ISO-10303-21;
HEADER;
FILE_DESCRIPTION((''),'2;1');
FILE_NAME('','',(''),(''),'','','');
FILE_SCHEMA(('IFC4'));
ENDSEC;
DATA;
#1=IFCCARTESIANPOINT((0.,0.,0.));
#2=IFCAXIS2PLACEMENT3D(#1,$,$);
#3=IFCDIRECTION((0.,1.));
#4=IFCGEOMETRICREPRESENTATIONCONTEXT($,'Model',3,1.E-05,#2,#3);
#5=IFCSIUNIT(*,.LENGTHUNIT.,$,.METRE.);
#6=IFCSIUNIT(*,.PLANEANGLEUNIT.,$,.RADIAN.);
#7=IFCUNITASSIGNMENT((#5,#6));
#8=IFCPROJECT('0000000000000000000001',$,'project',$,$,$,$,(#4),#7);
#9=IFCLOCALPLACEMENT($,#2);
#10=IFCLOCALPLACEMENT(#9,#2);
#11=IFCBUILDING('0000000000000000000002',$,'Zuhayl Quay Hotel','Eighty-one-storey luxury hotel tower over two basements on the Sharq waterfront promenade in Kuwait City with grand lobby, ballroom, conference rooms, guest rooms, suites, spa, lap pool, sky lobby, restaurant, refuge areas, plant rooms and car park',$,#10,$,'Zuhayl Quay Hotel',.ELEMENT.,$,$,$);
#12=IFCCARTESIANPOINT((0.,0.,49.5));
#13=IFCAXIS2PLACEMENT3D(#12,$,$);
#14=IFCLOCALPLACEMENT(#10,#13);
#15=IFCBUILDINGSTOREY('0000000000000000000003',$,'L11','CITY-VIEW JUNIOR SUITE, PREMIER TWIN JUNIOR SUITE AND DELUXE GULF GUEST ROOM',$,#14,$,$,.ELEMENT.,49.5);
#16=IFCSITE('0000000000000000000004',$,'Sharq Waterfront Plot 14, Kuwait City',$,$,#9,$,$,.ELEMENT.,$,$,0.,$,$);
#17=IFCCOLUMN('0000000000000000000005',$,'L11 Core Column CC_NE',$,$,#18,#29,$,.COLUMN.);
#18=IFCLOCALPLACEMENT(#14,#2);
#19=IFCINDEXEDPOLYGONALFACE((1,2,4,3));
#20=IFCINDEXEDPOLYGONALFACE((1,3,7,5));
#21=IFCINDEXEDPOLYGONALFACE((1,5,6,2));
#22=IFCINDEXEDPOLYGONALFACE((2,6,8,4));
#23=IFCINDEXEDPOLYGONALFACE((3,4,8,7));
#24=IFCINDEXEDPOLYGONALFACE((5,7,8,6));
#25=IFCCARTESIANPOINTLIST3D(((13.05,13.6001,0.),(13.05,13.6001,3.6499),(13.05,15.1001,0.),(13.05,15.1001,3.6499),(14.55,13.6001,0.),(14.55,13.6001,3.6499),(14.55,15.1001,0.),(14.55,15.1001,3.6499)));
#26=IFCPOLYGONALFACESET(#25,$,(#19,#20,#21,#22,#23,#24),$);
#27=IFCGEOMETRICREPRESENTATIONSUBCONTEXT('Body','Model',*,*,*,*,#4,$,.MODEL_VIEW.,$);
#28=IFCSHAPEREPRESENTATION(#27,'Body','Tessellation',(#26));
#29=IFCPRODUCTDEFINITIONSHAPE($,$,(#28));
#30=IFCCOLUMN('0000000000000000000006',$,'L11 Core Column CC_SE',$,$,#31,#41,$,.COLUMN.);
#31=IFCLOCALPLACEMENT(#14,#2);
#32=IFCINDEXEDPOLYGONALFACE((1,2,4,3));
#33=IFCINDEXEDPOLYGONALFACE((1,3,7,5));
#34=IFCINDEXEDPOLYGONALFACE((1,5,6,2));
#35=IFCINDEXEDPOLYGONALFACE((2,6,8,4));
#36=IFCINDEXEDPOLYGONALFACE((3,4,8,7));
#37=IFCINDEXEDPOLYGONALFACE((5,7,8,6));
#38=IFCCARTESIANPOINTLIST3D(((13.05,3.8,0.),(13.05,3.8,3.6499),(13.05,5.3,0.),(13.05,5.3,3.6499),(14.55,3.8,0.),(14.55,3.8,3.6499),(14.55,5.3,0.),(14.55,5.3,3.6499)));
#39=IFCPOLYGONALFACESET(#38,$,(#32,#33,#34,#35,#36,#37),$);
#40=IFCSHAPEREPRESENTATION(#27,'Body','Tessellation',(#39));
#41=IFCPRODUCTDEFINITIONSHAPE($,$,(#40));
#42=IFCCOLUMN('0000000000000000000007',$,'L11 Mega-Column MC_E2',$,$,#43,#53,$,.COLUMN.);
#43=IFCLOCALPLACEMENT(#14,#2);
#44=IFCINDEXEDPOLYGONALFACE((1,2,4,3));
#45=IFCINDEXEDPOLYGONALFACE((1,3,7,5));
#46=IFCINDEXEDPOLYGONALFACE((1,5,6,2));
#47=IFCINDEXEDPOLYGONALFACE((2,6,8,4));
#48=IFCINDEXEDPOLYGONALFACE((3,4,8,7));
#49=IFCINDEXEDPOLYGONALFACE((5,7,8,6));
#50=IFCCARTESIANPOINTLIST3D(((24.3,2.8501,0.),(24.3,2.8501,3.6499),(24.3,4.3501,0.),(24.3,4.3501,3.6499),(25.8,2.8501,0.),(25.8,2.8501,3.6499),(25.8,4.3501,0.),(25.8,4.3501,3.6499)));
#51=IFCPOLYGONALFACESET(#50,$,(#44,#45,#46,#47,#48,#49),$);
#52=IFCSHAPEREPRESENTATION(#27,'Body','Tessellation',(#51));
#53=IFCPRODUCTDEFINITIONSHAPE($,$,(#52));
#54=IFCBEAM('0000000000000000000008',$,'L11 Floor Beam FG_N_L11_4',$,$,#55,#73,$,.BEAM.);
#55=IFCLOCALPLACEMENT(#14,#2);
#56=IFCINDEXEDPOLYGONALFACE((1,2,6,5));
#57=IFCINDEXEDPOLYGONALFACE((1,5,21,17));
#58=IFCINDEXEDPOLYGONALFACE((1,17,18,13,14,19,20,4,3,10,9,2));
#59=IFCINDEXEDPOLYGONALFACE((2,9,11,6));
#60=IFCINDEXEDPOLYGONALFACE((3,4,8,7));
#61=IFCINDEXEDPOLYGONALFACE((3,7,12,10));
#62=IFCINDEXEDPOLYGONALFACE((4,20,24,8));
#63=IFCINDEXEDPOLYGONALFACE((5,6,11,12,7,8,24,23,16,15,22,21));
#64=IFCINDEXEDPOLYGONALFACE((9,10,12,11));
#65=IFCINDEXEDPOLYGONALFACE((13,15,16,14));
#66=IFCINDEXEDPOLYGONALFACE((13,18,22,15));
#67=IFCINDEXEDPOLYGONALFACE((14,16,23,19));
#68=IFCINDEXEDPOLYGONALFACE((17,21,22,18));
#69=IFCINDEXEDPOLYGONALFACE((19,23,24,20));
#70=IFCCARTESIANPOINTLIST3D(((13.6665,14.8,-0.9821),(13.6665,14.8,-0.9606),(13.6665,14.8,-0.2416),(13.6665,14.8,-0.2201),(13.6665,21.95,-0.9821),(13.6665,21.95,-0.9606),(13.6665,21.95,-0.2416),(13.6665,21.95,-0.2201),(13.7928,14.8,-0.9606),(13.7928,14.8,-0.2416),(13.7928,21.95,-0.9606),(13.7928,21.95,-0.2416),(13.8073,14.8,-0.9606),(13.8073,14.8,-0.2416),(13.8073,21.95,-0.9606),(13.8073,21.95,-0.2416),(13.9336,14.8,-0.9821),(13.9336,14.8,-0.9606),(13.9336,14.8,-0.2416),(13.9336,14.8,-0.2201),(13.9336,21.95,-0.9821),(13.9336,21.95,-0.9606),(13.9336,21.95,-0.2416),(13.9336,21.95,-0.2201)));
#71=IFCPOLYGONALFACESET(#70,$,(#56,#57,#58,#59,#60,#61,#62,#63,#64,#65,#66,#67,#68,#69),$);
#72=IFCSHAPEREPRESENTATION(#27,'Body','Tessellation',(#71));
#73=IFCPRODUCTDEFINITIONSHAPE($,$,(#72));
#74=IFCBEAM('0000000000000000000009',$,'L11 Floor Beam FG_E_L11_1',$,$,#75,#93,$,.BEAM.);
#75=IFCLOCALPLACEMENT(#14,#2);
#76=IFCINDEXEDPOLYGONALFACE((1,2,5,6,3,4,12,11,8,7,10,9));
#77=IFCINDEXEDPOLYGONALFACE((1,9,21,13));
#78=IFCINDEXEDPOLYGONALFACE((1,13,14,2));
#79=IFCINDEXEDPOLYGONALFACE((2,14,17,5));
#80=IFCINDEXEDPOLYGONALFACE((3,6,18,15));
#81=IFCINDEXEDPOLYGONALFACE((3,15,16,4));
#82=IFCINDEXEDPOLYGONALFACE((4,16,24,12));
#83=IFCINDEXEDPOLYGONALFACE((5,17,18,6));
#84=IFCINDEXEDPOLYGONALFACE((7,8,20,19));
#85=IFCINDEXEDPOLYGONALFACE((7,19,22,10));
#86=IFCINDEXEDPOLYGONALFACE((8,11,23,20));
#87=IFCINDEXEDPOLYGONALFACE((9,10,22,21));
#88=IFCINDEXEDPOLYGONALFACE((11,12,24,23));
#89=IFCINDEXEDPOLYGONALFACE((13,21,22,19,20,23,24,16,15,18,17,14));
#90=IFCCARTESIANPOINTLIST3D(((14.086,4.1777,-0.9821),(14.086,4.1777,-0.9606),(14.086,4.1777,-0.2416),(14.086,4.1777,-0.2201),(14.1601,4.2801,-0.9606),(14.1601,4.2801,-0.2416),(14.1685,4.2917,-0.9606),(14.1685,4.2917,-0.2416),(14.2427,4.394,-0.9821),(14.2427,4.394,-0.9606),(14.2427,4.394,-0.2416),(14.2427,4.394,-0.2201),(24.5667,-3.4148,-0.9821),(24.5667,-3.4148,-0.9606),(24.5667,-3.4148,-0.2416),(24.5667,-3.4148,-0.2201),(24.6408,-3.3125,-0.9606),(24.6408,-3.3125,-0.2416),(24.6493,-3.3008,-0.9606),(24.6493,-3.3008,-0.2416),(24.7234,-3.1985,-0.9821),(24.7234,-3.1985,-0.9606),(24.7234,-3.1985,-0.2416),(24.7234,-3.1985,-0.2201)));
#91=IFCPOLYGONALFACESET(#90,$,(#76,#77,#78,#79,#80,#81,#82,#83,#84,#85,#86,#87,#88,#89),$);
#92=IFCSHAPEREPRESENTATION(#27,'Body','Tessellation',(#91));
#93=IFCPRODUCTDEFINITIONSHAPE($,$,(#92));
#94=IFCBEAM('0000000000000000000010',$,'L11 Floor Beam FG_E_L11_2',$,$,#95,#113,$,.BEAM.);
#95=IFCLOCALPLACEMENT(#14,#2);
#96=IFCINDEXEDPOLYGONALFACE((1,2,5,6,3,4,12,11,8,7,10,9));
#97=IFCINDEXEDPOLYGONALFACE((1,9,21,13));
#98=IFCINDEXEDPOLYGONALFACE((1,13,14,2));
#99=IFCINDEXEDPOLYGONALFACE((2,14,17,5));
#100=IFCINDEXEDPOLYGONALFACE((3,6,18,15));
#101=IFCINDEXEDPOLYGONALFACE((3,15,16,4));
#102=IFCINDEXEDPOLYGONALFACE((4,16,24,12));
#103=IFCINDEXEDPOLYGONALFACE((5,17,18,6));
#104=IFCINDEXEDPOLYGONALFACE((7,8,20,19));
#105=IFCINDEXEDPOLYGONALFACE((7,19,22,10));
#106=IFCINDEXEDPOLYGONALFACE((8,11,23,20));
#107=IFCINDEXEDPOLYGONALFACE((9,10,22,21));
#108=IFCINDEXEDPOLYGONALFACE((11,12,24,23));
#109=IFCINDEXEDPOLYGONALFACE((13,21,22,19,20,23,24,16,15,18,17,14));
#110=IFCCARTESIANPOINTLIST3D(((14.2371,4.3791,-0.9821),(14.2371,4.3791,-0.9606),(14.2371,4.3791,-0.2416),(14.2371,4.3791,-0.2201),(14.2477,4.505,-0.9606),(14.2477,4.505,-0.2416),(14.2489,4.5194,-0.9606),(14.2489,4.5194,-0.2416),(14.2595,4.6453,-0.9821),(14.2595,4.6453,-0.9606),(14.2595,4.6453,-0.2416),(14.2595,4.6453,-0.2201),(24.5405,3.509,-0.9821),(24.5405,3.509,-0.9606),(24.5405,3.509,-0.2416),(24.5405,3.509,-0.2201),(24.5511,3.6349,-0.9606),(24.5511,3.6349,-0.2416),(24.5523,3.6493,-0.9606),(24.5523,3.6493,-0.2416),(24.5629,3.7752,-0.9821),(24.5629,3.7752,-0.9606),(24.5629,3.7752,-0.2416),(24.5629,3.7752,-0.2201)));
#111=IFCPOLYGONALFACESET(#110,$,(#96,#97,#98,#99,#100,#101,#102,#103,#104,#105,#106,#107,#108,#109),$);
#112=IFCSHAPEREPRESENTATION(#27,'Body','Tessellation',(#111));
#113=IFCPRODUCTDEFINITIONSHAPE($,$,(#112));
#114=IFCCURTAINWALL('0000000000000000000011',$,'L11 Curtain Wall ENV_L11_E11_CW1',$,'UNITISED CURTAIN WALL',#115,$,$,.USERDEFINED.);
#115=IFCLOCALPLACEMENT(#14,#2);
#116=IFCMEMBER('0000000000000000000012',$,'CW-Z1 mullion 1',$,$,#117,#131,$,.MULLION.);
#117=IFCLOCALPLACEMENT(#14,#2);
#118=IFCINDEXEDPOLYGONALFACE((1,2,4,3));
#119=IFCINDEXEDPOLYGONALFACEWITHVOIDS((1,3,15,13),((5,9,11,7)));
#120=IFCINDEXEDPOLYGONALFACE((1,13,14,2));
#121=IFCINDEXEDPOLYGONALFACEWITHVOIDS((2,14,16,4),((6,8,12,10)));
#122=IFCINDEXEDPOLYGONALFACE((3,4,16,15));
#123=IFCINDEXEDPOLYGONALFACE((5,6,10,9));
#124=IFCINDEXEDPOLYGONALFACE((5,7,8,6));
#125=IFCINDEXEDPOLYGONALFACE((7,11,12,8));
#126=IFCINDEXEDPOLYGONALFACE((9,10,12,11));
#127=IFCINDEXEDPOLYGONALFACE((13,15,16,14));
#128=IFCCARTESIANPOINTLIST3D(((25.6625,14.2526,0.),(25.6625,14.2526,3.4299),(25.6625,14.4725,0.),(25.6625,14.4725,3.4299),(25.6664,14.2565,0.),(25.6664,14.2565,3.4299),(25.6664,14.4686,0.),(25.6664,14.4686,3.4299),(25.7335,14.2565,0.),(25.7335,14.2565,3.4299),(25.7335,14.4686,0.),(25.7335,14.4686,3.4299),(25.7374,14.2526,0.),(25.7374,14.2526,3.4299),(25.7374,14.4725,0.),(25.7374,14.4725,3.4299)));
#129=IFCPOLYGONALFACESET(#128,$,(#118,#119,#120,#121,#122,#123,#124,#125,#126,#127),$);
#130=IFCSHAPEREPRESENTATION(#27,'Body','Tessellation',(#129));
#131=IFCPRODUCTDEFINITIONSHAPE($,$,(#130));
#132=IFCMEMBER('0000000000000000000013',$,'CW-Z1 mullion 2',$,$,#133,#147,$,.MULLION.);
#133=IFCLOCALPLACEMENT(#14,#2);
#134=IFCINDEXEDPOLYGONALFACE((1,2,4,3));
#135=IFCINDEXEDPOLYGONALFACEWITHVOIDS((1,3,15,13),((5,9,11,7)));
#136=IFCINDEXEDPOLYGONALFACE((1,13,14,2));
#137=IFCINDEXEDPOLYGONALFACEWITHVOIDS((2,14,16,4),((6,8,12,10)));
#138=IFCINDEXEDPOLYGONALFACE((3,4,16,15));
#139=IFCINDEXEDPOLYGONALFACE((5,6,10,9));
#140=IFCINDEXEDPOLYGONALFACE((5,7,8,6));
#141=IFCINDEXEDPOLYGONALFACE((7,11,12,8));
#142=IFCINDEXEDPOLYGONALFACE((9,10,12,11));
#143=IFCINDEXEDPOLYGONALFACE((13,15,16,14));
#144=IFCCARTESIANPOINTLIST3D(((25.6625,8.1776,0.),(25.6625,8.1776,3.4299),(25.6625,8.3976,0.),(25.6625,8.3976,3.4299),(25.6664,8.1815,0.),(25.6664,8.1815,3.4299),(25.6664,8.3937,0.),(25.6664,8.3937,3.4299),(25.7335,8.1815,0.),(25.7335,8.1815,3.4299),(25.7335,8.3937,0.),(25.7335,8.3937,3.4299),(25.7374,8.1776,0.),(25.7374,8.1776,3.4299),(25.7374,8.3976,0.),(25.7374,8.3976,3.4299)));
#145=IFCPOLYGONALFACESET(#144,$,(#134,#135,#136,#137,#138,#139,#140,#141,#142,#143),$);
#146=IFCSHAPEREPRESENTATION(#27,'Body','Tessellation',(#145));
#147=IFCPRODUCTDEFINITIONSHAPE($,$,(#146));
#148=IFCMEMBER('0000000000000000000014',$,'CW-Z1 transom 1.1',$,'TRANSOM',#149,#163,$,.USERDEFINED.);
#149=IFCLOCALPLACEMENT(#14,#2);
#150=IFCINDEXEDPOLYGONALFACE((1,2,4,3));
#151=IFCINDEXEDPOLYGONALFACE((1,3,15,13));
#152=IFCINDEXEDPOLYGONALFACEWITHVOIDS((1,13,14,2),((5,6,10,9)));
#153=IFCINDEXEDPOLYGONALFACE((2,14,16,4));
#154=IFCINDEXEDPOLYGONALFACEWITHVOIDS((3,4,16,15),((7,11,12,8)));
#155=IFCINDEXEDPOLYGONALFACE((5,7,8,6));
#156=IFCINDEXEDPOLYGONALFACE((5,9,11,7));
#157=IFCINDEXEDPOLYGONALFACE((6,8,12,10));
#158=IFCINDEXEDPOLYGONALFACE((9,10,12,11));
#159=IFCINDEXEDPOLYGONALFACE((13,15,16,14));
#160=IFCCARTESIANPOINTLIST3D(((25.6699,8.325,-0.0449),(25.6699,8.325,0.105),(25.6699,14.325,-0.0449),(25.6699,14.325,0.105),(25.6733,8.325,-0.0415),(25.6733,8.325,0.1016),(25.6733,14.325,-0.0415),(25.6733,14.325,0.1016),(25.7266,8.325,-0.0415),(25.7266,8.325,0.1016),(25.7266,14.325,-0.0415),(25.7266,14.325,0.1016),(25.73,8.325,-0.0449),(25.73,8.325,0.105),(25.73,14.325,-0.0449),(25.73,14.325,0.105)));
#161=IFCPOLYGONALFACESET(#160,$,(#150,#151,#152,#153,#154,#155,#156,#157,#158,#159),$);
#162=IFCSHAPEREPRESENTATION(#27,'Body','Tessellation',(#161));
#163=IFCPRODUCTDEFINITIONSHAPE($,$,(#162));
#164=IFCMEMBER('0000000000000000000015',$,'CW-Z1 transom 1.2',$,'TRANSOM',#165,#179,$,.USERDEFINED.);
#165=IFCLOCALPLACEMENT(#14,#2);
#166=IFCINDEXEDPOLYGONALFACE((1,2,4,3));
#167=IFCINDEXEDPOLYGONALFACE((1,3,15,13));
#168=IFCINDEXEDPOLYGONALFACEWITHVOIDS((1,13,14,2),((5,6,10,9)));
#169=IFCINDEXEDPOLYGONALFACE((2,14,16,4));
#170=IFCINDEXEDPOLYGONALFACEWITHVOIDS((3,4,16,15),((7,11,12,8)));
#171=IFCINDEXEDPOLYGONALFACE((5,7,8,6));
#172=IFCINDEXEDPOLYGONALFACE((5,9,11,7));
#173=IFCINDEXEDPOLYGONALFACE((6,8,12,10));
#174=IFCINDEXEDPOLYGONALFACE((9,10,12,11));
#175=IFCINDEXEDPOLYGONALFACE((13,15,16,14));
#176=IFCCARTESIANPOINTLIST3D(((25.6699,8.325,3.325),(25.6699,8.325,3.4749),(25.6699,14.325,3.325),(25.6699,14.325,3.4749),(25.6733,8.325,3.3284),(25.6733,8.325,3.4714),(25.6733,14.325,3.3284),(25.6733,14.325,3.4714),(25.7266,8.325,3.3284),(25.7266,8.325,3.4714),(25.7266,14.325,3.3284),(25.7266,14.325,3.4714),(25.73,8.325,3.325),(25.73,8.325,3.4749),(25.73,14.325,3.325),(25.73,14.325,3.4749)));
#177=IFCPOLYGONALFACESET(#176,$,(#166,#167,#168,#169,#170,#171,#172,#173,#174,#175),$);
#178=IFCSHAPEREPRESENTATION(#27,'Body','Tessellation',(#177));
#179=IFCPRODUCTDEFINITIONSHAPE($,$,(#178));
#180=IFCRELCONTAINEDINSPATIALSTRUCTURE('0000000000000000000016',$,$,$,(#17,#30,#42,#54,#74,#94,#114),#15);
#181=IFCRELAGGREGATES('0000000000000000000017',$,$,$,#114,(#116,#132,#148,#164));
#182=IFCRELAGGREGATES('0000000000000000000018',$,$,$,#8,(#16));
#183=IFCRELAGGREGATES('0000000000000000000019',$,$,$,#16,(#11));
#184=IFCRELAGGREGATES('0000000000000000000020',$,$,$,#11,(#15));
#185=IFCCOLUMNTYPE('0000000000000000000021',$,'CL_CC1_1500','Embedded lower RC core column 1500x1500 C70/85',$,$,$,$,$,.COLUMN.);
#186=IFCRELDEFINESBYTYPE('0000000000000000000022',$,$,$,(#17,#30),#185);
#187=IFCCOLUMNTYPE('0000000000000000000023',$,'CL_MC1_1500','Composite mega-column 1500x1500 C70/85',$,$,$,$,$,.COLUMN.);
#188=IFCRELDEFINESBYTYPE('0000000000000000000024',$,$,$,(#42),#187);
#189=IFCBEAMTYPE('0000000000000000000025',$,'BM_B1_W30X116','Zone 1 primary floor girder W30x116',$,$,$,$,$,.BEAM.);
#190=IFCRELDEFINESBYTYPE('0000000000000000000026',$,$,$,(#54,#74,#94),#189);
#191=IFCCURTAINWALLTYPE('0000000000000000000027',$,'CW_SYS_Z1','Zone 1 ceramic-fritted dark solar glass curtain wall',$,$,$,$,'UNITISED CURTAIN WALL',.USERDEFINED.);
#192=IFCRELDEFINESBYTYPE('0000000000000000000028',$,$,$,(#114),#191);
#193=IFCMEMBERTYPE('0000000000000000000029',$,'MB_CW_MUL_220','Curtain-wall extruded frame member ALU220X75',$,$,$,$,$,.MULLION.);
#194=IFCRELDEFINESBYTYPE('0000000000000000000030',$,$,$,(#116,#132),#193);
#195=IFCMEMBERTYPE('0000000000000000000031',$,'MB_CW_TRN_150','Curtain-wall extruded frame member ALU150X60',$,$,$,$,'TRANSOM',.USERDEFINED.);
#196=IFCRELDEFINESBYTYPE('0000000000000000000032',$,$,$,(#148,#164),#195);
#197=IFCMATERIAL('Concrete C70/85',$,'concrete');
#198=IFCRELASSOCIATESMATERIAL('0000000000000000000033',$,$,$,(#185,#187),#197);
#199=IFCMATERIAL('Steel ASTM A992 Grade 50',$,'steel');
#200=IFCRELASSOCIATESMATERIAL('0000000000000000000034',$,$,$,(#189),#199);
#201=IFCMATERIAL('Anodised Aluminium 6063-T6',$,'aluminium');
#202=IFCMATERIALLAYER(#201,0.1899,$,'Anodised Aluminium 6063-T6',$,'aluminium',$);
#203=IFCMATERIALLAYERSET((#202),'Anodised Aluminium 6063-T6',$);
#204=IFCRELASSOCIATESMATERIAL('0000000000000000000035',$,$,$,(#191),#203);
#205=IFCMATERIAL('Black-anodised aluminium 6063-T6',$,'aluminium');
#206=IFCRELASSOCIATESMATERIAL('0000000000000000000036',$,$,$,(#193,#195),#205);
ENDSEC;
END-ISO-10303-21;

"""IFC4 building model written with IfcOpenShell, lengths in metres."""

from ifc_helpers import new_model, si_unit, direction, frame, origin, origin_2d, place, context, subcontext, project, spatial, rectangle, hollow_rectangle, i_section, extrude, material, layer, layer_set, material_profile, profile_set, type_object, element, aggregate, save


model = new_model("IFC4")

# Units and contexts
model_context = context("Model", 3, precision=1e-05, world=origin(), true_north=direction((0.0, 1.0)))
body_context = subcontext(model_context, "Body", "Model", "MODEL_VIEW")
ifc_project = project(units=[si_unit("LENGTHUNIT", "METRE"), si_unit("PLANEANGLEUNIT", "RADIAN")], contexts=[model_context])

# Site, building, storey
site_placement = place(None, origin())
site = spatial("IfcSite", under=ifc_project, at=site_placement, Name="Sharq Waterfront Plot 14, Kuwait City", CompositionType="ELEMENT", RefElevation=0.0)
building_placement = place(site_placement, origin())
building = spatial("IfcBuilding", under=site, at=building_placement, Name="Zuhayl Quay Hotel", Description="Eighty-one-storey luxury hotel tower over two basements on the Sharq waterfront promenade in Kuwait City with grand lobby, ballroom, conference rooms, guest rooms, suites, spa, lap pool, sky lobby, restaurant, refuge areas, plant rooms and car park", LongName="Zuhayl Quay Hotel", CompositionType="ELEMENT")
storey_placement = place(building_placement, frame((0.0, 0.0, 49.5)))
storey = spatial("IfcBuildingStorey", under=building, at=storey_placement, Name="L11", Description="CITY-VIEW JUNIOR SUITE, PREMIER TWIN JUNIOR SUITE AND DELUXE GULF GUEST ROOM", CompositionType="ELEMENT", Elevation=49.5)

# Columns
ifc_material_1 = material(Name="Concrete C70/85", Category="concrete")
ifc_material_profile_1 = material_profile(ifc_material_1, rectangle(XDim=1.5, YDim=1.5, at=origin_2d()), Name="RC1500X1500")
ifc_profile_set_1 = profile_set([ifc_material_profile_1], Name="Concrete C70/85")
column_type_1 = type_object("IfcColumnType", Name="CL_CC1_1500", Description="Embedded lower RC core column 1500x1500 C70/85", PredefinedType="COLUMN", material=ifc_profile_set_1)
for number, where, z_axis, x_axis, name in (
    (1, (13.8, 14.3501, 0.0), (0.0, 0.0, 1.0), (1.0, 0.0, 0.0), "L11 Core Column CC_NE"),
    (2, (13.8, 4.55, 0.0), (0.0, 0.0, 1.0), (1.0, 0.0, 0.0), "L11 Core Column CC_SE"),
):
    element("IfcColumn", number, at=place(storey_placement, frame(where, z_axis=z_axis, x_axis=x_axis)), inside=storey, type_object=column_type_1, Name=name, PredefinedType="COLUMN", context=body_context, shape_type="SweptSolid", body=[
        extrude(rectangle(XDim=1.5, YDim=1.5, at=origin_2d()), origin(), (0.0, 0.0, 1.0), 3.6499),
    ])
ifc_material_profile_2 = material_profile(ifc_material_1, rectangle(XDim=1.5, YDim=1.5, at=origin_2d()), Name="RC1500X1500")
ifc_profile_set_2 = profile_set([ifc_material_profile_2], Name="Concrete C70/85")
column_type_2 = type_object("IfcColumnType", Name="CL_MC1_1500", Description="Composite mega-column 1500x1500 C70/85", PredefinedType="COLUMN", material=ifc_profile_set_2)
column_placement = place(storey_placement, frame((25.05, 3.6001, 0.0), z_axis=(0.0, 0.0, 1.0), x_axis=(1.0, 0.0, 0.0)))
element("IfcColumn", 3, at=column_placement, inside=storey, type_object=column_type_2, Name="L11 Mega-Column MC_E2", PredefinedType="COLUMN", context=body_context, shape_type="SweptSolid", body=[
    extrude(rectangle(XDim=1.5, YDim=1.5, at=origin_2d()), origin(), (0.0, 0.0, 1.0), 3.6499),
])

# Beams
ifc_material_2 = material(Name="Steel ASTM A992 Grade 50", Category="steel")
ifc_material_profile_3 = material_profile(ifc_material_2, i_section(OverallWidth=0.2671, OverallDepth=0.762, WebThickness=0.0144, FlangeThickness=0.0215, at=origin_2d()), Name="W30X116")
ifc_profile_set_3 = profile_set([ifc_material_profile_3], Name="Steel ASTM A992 Grade 50")
beam_type = type_object("IfcBeamType", Name="BM_B1_W30X116", Description="Zone 1 primary floor girder W30x116", PredefinedType="BEAM", material=ifc_profile_set_3)
beam_1_placement = place(storey_placement, frame((13.8, 14.8, -0.6011), z_axis=(0.0, 1.0, 0.0), x_axis=(-1.0, 0.0, 0.0)))
element("IfcBeam", 4, at=beam_1_placement, inside=storey, type_object=beam_type, Name="L11 Floor Beam FG_N_L11_4", PredefinedType="BEAM", context=body_context, shape_type="SweptSolid", body=[
    extrude(i_section(OverallWidth=0.2671, OverallDepth=0.762, WebThickness=0.0144, FlangeThickness=0.0215, at=origin_2d()), origin(), (0.0, 0.0, 1.0), 7.1499),
])
beam_2_placement = place(storey_placement, frame((14.1643, 4.2859, -0.6011), z_axis=(0.80983, -0.586664, 0.0), x_axis=(0.586664, 0.80983, 0.0)))
element("IfcBeam", 5, at=beam_2_placement, inside=storey, type_object=beam_type, Name="L11 Floor Beam FG_E_L11_1", PredefinedType="BEAM", context=body_context, shape_type="SweptSolid", body=[
    extrude(i_section(OverallWidth=0.2671, OverallDepth=0.762, WebThickness=0.0144, FlangeThickness=0.0215, at=origin_2d()), origin(), (0.0, 0.0, 1.0), 12.9419),
])
beam_3_placement = place(storey_placement, frame((14.2483, 4.5122, -0.6011), z_axis=(0.996453, -0.084149, 0.0), x_axis=(0.084149, 0.996453, 0.0)))
element("IfcBeam", 6, at=beam_3_placement, inside=storey, type_object=beam_type, Name="L11 Floor Beam FG_E_L11_2", PredefinedType="BEAM", context=body_context, shape_type="SweptSolid", body=[
    extrude(i_section(OverallWidth=0.2671, OverallDepth=0.762, WebThickness=0.0144, FlangeThickness=0.0215, at=origin_2d()), origin(), (0.0, 0.0, 1.0), 10.3401),
])

# Curtain wall, members
ifc_material_3 = material(Name="Anodised Aluminium 6063-T6", Category="aluminium")
ifc_layer_1 = layer(ifc_material_3, 0.1899, Name="Anodised Aluminium 6063-T6", Category="aluminium")
ifc_layer_set_1 = layer_set([ifc_layer_1], Name="Anodised Aluminium 6063-T6")
curtain_wall_type = type_object("IfcCurtainWallType", Name="CW_SYS_Z1", Description="Zone 1 ceramic-fritted dark solar glass curtain wall", ElementType="UNITISED CURTAIN WALL", PredefinedType="USERDEFINED", material=ifc_layer_set_1)
curtain_wall_placement = place(storey_placement, origin())
curtain_wall = element("IfcCurtainWall", 7, at=curtain_wall_placement, inside=storey, type_object=curtain_wall_type, Name="L11 Curtain Wall ENV_L11_E11_CW1", ObjectType="UNITISED CURTAIN WALL", PredefinedType="USERDEFINED")
ifc_material_4 = material(Name="Black-anodised aluminium 6063-T6", Category="aluminium")
ifc_material_profile_4 = material_profile(ifc_material_4, hollow_rectangle(XDim=0.075, YDim=0.22, WallThickness=0.0039, at=origin_2d()), Name="ALU220X75")
ifc_profile_set_4 = profile_set([ifc_material_profile_4], Name="Black-anodised aluminium 6063-T6")
member_type_1 = type_object("IfcMemberType", Name="MB_CW_MUL_220", Description="Curtain-wall extruded frame member ALU220X75", PredefinedType="MULLION", material=ifc_profile_set_4)
member_1_placement = place(storey_placement, frame((25.7, 14.3625, 0.0), z_axis=(0.0, 0.0, 1.0), x_axis=(1.0, 0.0, 0.0)))
member_1 = element("IfcMember", 8, at=member_1_placement, type_object=member_type_1, Name="CW-Z1 mullion 1", PredefinedType="MULLION", context=body_context, shape_type="SweptSolid", body=[
    extrude(hollow_rectangle(XDim=0.075, YDim=0.22, WallThickness=0.0039, at=origin_2d()), origin(), (0.0, 0.0, 1.0), 3.4299),
])
member_2_placement = place(storey_placement, frame((25.7, 8.2876, 0.0), z_axis=(0.0, 0.0, 1.0), x_axis=(1.0, 0.0, 0.0)))
member_2 = element("IfcMember", 9, at=member_2_placement, type_object=member_type_1, Name="CW-Z1 mullion 2", PredefinedType="MULLION", context=body_context, shape_type="SweptSolid", body=[
    extrude(hollow_rectangle(XDim=0.075, YDim=0.22, WallThickness=0.0039, at=origin_2d()), origin(), (0.0, 0.0, 1.0), 3.4299),
])
ifc_material_profile_5 = material_profile(ifc_material_4, hollow_rectangle(XDim=0.0601, YDim=0.1499, WallThickness=0.0034, at=origin_2d()), Name="ALU150X60")
ifc_profile_set_5 = profile_set([ifc_material_profile_5], Name="Black-anodised aluminium 6063-T6")
member_type_2 = type_object("IfcMemberType", Name="MB_CW_TRN_150", Description="Curtain-wall extruded frame member ALU150X60", ElementType="TRANSOM", PredefinedType="USERDEFINED", material=ifc_profile_set_5)
member_3_placement = place(storey_placement, frame((25.7, 14.325, 0.03), z_axis=(0.0, -1.0, 0.0), x_axis=(1.0, 0.0, 0.0)))
member_3 = element("IfcMember", 10, at=member_3_placement, type_object=member_type_2, Name="CW-Z1 transom 1.1", ObjectType="TRANSOM", PredefinedType="USERDEFINED", context=body_context, shape_type="SweptSolid", body=[
    extrude(hollow_rectangle(XDim=0.0601, YDim=0.1499, WallThickness=0.0034, at=origin_2d()), origin(), (0.0, 0.0, 1.0), 6.0),
])
member_4_placement = place(storey_placement, frame((25.7, 14.325, 3.3999), z_axis=(0.0, -1.0, 0.0), x_axis=(1.0, 0.0, 0.0)))
member_4 = element("IfcMember", 11, at=member_4_placement, type_object=member_type_2, Name="CW-Z1 transom 1.2", ObjectType="TRANSOM", PredefinedType="USERDEFINED", context=body_context, shape_type="SweptSolid", body=[
    extrude(hollow_rectangle(XDim=0.0601, YDim=0.1499, WallThickness=0.0034, at=origin_2d()), origin(), (0.0, 0.0, 1.0), 6.0),
])
aggregate(curtain_wall, [member_1, member_2, member_3, member_4])

save(model, "model.ifc")
